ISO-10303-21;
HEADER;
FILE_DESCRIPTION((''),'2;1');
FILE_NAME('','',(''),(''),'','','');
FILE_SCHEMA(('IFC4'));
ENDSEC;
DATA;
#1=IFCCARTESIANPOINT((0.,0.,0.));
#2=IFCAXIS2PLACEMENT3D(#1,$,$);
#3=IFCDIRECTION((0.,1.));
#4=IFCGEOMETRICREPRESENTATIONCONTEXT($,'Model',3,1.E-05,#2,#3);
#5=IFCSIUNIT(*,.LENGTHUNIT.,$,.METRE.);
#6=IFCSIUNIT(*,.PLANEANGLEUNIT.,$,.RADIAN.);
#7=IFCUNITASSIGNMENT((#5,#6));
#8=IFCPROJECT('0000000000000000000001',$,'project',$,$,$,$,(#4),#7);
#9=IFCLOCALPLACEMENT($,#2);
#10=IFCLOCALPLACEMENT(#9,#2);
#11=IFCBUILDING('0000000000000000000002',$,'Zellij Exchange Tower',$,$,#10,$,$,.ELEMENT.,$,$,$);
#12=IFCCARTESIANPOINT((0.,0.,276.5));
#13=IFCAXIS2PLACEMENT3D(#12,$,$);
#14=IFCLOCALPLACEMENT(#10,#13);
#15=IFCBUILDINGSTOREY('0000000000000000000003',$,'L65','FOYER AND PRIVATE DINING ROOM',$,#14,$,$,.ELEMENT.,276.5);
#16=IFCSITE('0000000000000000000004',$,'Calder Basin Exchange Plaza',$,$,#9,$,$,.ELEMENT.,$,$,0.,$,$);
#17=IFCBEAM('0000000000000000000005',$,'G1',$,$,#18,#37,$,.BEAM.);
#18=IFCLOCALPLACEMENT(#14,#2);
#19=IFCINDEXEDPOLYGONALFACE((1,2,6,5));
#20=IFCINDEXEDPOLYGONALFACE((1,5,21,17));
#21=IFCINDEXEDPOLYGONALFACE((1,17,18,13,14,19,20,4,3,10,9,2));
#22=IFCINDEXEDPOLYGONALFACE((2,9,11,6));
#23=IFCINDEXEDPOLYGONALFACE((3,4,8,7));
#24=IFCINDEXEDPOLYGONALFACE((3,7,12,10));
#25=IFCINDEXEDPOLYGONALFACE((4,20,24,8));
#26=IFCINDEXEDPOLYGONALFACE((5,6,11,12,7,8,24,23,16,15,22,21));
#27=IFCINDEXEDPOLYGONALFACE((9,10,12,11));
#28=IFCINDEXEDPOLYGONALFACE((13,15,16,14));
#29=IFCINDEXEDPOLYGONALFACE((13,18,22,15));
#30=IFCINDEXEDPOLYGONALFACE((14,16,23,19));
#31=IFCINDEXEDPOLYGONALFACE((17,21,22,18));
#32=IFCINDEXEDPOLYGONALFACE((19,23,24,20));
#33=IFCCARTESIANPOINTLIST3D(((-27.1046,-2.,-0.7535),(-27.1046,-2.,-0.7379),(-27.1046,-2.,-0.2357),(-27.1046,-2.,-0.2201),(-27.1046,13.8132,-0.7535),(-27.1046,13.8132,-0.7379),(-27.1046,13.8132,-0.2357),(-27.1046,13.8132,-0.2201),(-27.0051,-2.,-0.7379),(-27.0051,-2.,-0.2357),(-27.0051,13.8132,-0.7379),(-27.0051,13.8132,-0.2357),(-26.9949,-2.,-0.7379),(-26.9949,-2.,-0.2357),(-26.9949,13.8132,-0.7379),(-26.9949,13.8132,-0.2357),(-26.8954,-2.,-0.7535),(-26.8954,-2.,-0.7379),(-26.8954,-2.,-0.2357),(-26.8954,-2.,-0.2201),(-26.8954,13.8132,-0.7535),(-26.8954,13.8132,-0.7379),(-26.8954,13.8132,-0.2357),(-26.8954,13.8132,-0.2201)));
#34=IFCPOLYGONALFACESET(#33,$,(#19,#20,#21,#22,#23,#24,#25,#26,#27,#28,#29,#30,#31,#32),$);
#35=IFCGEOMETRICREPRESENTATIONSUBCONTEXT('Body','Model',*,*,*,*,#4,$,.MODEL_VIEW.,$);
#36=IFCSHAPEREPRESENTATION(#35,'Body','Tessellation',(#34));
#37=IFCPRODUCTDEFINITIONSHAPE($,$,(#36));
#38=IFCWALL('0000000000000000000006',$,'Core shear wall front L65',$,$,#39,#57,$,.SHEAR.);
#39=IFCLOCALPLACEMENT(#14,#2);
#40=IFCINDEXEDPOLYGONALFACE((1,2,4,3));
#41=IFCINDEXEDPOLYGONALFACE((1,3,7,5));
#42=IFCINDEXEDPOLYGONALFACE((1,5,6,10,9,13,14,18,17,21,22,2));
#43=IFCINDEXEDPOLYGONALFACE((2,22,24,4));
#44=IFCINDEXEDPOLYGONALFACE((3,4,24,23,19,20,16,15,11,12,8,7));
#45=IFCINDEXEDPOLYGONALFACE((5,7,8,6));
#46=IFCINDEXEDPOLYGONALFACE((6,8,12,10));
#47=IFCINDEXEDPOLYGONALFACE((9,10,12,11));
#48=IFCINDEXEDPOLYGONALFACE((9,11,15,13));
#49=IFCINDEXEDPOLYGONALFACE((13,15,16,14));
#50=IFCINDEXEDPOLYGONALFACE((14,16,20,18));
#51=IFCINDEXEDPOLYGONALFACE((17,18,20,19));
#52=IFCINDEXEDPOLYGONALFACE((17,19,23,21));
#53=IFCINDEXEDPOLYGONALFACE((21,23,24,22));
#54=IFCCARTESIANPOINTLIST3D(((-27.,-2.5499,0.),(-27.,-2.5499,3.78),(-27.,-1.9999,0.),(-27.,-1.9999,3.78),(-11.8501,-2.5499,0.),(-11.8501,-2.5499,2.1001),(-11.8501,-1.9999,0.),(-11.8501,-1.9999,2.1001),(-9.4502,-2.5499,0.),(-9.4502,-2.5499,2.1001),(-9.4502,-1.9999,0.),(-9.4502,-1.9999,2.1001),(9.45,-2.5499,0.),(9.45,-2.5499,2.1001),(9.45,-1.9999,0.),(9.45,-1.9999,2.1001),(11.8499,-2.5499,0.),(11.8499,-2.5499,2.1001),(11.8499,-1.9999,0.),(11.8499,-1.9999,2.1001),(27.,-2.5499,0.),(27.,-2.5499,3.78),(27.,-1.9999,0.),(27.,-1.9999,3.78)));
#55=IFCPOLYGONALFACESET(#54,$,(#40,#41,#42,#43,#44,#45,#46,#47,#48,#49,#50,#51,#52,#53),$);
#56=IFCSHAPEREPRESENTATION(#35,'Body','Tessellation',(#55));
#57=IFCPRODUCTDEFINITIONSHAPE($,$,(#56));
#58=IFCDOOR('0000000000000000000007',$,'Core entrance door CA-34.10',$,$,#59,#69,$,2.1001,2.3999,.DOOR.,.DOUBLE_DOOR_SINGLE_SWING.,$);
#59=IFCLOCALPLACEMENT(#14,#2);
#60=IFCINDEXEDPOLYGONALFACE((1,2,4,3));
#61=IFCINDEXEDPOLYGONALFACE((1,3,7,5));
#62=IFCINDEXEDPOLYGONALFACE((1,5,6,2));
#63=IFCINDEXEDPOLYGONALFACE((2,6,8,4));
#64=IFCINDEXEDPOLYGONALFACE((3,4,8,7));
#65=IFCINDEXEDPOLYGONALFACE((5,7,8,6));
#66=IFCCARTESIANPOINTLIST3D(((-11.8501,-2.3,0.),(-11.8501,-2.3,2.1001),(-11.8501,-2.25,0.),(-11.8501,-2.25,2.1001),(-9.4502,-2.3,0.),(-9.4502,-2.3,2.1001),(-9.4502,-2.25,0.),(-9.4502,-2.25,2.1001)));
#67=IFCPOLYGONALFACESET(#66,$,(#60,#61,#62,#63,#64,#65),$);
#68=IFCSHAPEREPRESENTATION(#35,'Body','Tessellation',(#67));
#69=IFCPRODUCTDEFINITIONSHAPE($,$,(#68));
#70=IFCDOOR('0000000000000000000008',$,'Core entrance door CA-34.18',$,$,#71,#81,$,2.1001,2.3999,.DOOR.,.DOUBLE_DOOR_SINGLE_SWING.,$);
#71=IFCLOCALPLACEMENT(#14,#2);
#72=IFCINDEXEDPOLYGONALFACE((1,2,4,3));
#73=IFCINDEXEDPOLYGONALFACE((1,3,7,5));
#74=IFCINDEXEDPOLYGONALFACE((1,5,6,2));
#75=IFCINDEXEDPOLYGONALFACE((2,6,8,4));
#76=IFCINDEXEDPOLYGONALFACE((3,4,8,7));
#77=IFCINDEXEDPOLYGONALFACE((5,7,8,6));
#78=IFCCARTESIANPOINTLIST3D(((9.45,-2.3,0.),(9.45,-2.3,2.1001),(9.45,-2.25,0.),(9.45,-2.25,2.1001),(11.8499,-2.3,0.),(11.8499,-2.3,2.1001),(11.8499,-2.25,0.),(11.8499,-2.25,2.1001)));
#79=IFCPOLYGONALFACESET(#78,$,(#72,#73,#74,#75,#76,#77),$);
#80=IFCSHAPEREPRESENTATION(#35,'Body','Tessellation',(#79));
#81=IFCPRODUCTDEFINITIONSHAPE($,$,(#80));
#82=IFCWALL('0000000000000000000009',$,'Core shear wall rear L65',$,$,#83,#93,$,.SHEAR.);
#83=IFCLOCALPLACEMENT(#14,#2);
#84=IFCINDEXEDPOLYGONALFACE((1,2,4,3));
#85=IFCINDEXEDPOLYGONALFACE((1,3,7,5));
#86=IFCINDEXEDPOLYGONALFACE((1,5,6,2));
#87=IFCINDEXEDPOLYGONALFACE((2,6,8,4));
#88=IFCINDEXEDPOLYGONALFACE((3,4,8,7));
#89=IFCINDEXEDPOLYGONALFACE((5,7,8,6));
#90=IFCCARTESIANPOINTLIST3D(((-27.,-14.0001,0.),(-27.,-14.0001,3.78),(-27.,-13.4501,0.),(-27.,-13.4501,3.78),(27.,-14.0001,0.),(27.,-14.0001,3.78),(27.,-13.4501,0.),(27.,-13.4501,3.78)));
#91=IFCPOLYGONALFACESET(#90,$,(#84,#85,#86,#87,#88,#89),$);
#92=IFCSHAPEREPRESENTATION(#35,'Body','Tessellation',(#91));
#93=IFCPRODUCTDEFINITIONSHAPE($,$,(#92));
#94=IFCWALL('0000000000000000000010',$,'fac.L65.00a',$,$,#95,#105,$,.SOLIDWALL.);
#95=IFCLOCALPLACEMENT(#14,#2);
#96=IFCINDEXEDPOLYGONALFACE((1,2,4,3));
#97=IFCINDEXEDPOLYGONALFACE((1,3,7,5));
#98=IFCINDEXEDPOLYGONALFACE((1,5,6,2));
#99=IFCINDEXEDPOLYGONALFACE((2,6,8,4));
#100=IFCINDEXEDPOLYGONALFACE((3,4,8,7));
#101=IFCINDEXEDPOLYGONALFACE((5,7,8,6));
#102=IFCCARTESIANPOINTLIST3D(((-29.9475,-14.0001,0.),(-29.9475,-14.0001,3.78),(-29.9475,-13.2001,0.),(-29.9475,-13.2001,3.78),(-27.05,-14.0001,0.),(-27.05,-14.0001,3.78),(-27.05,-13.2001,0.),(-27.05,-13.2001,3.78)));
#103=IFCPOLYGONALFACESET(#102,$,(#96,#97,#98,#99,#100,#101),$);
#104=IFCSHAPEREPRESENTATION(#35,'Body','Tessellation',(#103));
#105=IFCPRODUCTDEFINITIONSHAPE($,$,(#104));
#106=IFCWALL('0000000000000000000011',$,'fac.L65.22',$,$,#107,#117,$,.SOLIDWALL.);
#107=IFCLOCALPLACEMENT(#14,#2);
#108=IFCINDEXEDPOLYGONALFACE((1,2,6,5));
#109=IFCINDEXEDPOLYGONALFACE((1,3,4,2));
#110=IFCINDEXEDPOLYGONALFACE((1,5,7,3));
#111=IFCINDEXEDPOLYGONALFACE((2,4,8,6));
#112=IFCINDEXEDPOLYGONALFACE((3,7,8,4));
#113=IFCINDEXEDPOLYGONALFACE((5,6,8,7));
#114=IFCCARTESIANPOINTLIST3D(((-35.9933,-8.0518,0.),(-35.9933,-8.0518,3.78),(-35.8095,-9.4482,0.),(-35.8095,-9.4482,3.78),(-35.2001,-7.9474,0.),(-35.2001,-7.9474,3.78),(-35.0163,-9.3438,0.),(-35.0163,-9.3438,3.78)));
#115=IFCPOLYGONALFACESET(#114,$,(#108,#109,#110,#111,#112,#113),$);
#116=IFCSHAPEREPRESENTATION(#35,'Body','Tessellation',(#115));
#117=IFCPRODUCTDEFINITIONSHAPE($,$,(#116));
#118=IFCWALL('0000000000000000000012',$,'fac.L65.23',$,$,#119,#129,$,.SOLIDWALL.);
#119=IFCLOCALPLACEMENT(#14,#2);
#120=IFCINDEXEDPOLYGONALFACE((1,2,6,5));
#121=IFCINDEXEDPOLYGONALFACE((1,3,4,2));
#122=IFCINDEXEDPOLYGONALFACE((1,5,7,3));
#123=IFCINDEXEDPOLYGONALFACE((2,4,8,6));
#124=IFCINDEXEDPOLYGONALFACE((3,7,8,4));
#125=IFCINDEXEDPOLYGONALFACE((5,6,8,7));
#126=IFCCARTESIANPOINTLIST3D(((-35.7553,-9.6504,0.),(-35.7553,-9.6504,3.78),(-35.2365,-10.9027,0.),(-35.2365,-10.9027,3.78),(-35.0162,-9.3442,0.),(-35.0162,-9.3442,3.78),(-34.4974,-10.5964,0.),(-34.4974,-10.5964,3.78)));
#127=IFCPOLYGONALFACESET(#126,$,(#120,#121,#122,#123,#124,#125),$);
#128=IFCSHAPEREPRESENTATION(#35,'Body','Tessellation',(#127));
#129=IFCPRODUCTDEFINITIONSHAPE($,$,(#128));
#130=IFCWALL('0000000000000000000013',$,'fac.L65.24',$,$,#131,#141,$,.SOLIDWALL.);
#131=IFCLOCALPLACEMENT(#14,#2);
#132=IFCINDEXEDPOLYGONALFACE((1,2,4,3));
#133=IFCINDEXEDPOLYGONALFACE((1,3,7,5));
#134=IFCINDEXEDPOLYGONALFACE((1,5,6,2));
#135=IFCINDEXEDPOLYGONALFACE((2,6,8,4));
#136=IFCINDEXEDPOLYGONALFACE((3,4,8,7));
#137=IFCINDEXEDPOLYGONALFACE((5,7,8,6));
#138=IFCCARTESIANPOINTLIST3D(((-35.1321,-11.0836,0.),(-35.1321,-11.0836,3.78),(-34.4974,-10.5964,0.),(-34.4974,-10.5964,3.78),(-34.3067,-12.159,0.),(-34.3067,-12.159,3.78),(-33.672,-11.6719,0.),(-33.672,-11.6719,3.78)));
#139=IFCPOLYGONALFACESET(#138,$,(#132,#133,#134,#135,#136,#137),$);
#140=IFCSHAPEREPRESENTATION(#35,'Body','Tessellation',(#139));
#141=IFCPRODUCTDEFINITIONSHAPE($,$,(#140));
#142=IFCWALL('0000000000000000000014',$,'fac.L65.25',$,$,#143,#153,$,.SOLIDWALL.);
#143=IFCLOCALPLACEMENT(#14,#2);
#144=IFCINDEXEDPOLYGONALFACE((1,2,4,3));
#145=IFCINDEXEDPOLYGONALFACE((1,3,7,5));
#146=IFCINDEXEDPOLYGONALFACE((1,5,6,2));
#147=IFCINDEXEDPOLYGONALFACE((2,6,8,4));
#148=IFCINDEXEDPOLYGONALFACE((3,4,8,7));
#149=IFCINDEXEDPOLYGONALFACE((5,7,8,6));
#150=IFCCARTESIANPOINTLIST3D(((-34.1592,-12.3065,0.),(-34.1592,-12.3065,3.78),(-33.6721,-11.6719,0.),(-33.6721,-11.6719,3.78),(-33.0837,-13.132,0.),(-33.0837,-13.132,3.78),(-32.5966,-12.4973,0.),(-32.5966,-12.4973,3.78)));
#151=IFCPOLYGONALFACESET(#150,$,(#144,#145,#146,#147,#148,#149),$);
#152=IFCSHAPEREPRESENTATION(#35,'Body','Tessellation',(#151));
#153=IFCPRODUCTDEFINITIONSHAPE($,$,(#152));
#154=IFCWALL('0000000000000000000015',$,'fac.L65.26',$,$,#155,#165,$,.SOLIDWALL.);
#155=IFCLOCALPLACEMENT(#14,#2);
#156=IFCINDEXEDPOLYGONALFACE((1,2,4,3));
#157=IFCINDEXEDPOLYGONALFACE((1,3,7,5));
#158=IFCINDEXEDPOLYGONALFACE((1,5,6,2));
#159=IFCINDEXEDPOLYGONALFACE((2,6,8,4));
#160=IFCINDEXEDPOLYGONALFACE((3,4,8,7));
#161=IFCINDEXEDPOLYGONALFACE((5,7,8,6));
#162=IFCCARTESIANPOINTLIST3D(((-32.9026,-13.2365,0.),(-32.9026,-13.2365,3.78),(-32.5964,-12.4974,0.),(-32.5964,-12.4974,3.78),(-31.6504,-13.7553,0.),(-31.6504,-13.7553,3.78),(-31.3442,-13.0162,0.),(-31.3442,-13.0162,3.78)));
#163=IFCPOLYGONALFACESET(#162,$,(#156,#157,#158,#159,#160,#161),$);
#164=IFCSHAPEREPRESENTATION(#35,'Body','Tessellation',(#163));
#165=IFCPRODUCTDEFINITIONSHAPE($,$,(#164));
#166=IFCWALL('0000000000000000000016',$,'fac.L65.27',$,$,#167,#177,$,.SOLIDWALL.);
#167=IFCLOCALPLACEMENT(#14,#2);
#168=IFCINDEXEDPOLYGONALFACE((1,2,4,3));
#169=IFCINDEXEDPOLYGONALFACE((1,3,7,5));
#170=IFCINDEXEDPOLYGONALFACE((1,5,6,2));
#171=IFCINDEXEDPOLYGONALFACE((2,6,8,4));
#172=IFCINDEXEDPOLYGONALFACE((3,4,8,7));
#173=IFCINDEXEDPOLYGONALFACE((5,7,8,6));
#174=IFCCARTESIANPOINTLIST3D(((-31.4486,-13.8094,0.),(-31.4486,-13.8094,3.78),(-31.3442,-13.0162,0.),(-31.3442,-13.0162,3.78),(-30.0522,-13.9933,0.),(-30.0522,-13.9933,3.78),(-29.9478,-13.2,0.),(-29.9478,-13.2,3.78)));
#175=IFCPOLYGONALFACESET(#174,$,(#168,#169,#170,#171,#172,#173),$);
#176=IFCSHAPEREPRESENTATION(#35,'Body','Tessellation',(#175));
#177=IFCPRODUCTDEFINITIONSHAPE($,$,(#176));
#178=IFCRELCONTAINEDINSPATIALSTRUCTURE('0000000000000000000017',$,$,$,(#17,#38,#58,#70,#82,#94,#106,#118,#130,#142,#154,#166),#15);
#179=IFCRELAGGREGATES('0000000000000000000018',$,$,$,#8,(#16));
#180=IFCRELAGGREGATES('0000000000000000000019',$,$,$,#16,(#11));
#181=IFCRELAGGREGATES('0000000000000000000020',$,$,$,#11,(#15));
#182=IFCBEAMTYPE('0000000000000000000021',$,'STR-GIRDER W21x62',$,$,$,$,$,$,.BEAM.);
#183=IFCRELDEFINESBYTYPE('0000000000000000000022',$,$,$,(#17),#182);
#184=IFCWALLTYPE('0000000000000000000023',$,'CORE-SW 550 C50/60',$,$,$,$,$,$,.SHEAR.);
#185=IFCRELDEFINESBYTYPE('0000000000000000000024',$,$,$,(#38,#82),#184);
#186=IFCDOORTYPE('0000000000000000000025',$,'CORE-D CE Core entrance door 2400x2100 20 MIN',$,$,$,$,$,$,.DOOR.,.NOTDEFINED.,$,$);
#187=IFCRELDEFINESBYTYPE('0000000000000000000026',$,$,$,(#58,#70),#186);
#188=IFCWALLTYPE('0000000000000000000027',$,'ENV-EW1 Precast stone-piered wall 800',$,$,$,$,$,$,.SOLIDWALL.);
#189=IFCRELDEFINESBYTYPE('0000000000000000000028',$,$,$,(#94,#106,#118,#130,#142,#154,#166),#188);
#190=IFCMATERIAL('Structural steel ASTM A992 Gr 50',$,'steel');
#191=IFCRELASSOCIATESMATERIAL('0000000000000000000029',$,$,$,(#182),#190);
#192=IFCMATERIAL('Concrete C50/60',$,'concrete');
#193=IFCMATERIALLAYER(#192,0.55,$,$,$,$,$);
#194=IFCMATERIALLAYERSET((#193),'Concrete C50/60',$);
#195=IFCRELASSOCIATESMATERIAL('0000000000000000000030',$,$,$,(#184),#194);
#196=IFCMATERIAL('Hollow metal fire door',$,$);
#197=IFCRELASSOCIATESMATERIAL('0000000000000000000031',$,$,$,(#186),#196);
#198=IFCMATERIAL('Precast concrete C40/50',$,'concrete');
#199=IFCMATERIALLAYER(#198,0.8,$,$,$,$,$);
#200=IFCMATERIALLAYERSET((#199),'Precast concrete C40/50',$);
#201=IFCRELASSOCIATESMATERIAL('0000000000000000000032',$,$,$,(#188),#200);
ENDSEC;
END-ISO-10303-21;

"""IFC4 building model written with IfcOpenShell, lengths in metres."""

from ifc_helpers import new_model, si_unit, direction, frame, frame_2d, origin, origin_2d, place, context, subcontext, project, spatial, rectangle, i_section, extrude, material, layer, layer_set, material_profile, profile_set, type_object, element, fill, save


model = new_model("IFC4")

# Units and contexts
model_context = context("Model", 3, precision=1e-05, world=origin(), true_north=direction((0.0, 1.0)))
body_context = subcontext(model_context, "Body", "Model", "MODEL_VIEW")
ifc_project = project(units=[si_unit("LENGTHUNIT", "METRE"), si_unit("PLANEANGLEUNIT", "RADIAN")], contexts=[model_context])

# Site, building, storey
site_placement = place(None, origin())
site = spatial("IfcSite", under=ifc_project, at=site_placement, Name="Calder Basin Exchange Plaza", CompositionType="ELEMENT", RefElevation=0.0)
building_placement = place(site_placement, origin())
building = spatial("IfcBuilding", under=site, at=building_placement, Name="Zellij Exchange Tower", CompositionType="ELEMENT")
storey_placement = place(building_placement, frame((0.0, 0.0, 276.5)))
storey = spatial("IfcBuildingStorey", under=building, at=storey_placement, Name="L65", Description="FOYER AND PRIVATE DINING ROOM", CompositionType="ELEMENT", Elevation=276.5)

# Shared definitions
ifc_material_1 = material(Name="Concrete C50/60", Category="concrete")

# Beam
ifc_material_2 = material(Name="Structural steel ASTM A992 Gr 50", Category="steel")
ifc_material_profile_1 = material_profile(ifc_material_2, i_section(OverallWidth=0.2092, OverallDepth=0.5334, WebThickness=0.0103, FlangeThickness=0.0156, at=origin_2d()), Name="W21x62")
ifc_profile_set_1 = profile_set([ifc_material_profile_1], Name="Structural steel ASTM A992 Gr 50")
beam_type_1 = type_object("IfcBeamType", Name="STR-GIRDER W21x62", PredefinedType="BEAM", material=ifc_profile_set_1)
beam_1_placement = place(storey_placement, frame((-27.0, -2.0, -0.4868), z_axis=(0.0, 1.0, 0.0), x_axis=(-1.0, 0.0, 0.0)))
element("IfcBeam", 1, at=beam_1_placement, inside=storey, type_object=beam_type_1, Name="G1", PredefinedType="BEAM", context=body_context, shape_type="SweptSolid", body=[
    extrude(i_section(OverallWidth=0.2092, OverallDepth=0.5334, WebThickness=0.0103, FlangeThickness=0.0156, at=origin_2d()), origin(), (0.0, 0.0, 1.0), 15.8132),
])

# Wall, openings, doors
ifc_layer_1 = layer(ifc_material_1, 0.55)
ifc_layer_set_1 = layer_set([ifc_layer_1], Name="Concrete C50/60")
wall_type_1 = type_object("IfcWallType", Name="CORE-SW 550 C50/60", PredefinedType="SHEAR", material=ifc_layer_set_1)
wall_1_placement = place(storey_placement, frame((-27.0, -2.2749, 0.0), z_axis=(0.0, 0.0, 1.0), x_axis=(1.0, 0.0, 0.0)))
wall_1 = element("IfcWall", 2, at=wall_1_placement, inside=storey, type_object=wall_type_1, Name="Core shear wall front L65", PredefinedType="SHEAR", context=body_context, shape_type="SweptSolid", body=[
    extrude(rectangle(XDim=54.0, YDim=0.55, at=frame_2d((27.0, 0.0))), origin(), (0.0, 0.0, 1.0), 3.78),
])
opening_1_placement = place(wall_1_placement, frame((15.1499, 0.0, 0.0)))
opening_1 = element("IfcOpeningElement", 3, at=opening_1_placement, cuts=wall_1, PredefinedType="OPENING", context=body_context, shape_type="SweptSolid", body=[
    extrude(rectangle(XDim=2.3999, YDim=2.1001, at=frame_2d((1.2, 1.05))), frame((0.0, 0.2871, 0.0), z_axis=(0.0, -1.0, 0.0), x_axis=(1.0, 0.0, 0.0)), (0.0, 0.0, 1.0), 0.574),
])
opening_2_placement = place(wall_1_placement, frame((36.45, 0.0, 0.0)))
opening_2 = element("IfcOpeningElement", 4, at=opening_2_placement, cuts=wall_1, PredefinedType="OPENING", context=body_context, shape_type="SweptSolid", body=[
    extrude(rectangle(XDim=2.3999, YDim=2.1001, at=frame_2d((1.2, 1.05))), frame((0.0, 0.2871, 0.0), z_axis=(0.0, -1.0, 0.0), x_axis=(1.0, 0.0, 0.0)), (0.0, 0.0, 1.0), 0.574),
])
ifc_material_3 = material(Name="Hollow metal fire door")
door_type = type_object("IfcDoorType", Name="CORE-D CE Core entrance door 2400x2100 20 MIN", OperationType="NOTDEFINED", PredefinedType="DOOR", material=ifc_material_3)
door_1_placement = place(opening_1_placement, origin())
door_1 = element("IfcDoor", 5, at=door_1_placement, inside=storey, type_object=door_type, Name="Core entrance door CA-34.10", OperationType="DOUBLE_DOOR_SINGLE_SWING", OverallHeight=2.1001, OverallWidth=2.3999, PredefinedType="DOOR", context=body_context, shape_type="SweptSolid", body=[
    extrude(rectangle(XDim=2.3999, YDim=2.1001, at=frame_2d((1.2, 1.05))), frame((0.0, 0.0249, 0.0), z_axis=(0.0, -1.0, 0.0), x_axis=(1.0, 0.0, 0.0)), (0.0, 0.0, 1.0), 0.05),
])
fill(opening_1, door_1)
door_2_placement = place(opening_2_placement, origin())
door_2 = element("IfcDoor", 6, at=door_2_placement, inside=storey, type_object=door_type, Name="Core entrance door CA-34.18", OperationType="DOUBLE_DOOR_SINGLE_SWING", OverallHeight=2.1001, OverallWidth=2.3999, PredefinedType="DOOR", context=body_context, shape_type="SweptSolid", body=[
    extrude(rectangle(XDim=2.3999, YDim=2.1001, at=frame_2d((1.2, 1.05))), frame((0.0, 0.0249, 0.0), z_axis=(0.0, -1.0, 0.0), x_axis=(1.0, 0.0, 0.0)), (0.0, 0.0, 1.0), 0.05),
])
fill(opening_2, door_2)

# Walls
wall_2_placement = place(storey_placement, frame((-27.0, -13.7251, 0.0), z_axis=(0.0, 0.0, 1.0), x_axis=(1.0, 0.0, 0.0)))
element("IfcWall", 7, at=wall_2_placement, inside=storey, type_object=wall_type_1, Name="Core shear wall rear L65", PredefinedType="SHEAR", context=body_context, shape_type="SweptSolid", body=[
    extrude(rectangle(XDim=54.0, YDim=0.55, at=frame_2d((27.0, 0.0))), origin(), (0.0, 0.0, 1.0), 3.78),
])
ifc_material_4 = material(Name="Precast concrete C40/50", Category="concrete")
ifc_layer_2 = layer(ifc_material_4, 0.8)
ifc_layer_set_2 = layer_set([ifc_layer_2], Name="Precast concrete C40/50")
wall_type_2 = type_object("IfcWallType", Name="ENV-EW1 Precast stone-piered wall 800", PredefinedType="SOLIDWALL", material=ifc_layer_set_2)
wall_3_placement = place(storey_placement, frame((-29.9475, -13.6001, 0.0), z_axis=(0.0, 0.0, 1.0), x_axis=(1.0, 0.0, 0.0)))
element("IfcWall", 8, at=wall_3_placement, inside=storey, type_object=wall_type_2, Name="fac.L65.00a", PredefinedType="SOLIDWALL", context=body_context, shape_type="SweptSolid", body=[
    extrude(rectangle(XDim=2.8975, YDim=0.8, at=frame_2d((1.4487, 0.0))), origin(), (0.0, 0.0, 1.0), 3.78),
])
wall_4_placement = place(storey_placement, frame((-35.5967, -7.9998, 0.0), z_axis=(0.0, 0.0, 1.0), x_axis=(0.130517, -0.991446, 0.0)))
element("IfcWall", 9, at=wall_4_placement, inside=storey, type_object=wall_type_2, Name="fac.L65.22", PredefinedType="SOLIDWALL", context=body_context, shape_type="SweptSolid", body=[
    extrude(rectangle(XDim=1.4084, YDim=0.8, at=frame_2d((0.7041, 0.0))), origin(), (0.0, 0.0, 1.0), 3.78),
])
wall_5_placement = place(storey_placement, frame((-35.3857, -9.4973, 0.0), z_axis=(0.0, 0.0, 1.0), x_axis=(0.38276, -0.923848, 0.0)))
element("IfcWall", 10, at=wall_5_placement, inside=storey, type_object=wall_type_2, Name="fac.L65.23", PredefinedType="SOLIDWALL", context=body_context, shape_type="SweptSolid", body=[
    extrude(rectangle(XDim=1.3555, YDim=0.8, at=frame_2d((0.6777, 0.0))), origin(), (0.0, 0.0, 1.0), 3.78),
])
for number, where, z_axis, x_axis, name in (
    (11, (-34.8147, -10.8401, 0.0), (0.0, 0.0, 1.0), (0.608866, -0.793273, 0.0), "fac.L65.24"),
    (12, (-33.9155, -11.9893, 0.0), (0.0, 0.0, 1.0), (0.793273, -0.608866, 0.0), "fac.L65.25"),
):
    element("IfcWall", number, at=place(storey_placement, frame(where, z_axis=z_axis, x_axis=x_axis)), inside=storey, type_object=wall_type_2, Name=name, PredefinedType="SOLIDWALL", context=body_context, shape_type="SweptSolid", body=[
        extrude(rectangle(XDim=1.3557, YDim=0.8, at=frame_2d((0.6777, 0.0))), origin(), (0.0, 0.0, 1.0), 3.78),
    ])
wall_6_placement = place(storey_placement, frame((-32.7495, -12.8669, 0.0), z_axis=(0.0, 0.0, 1.0), x_axis=(0.923848, -0.38276, 0.0)))
element("IfcWall", 13, at=wall_6_placement, inside=storey, type_object=wall_type_2, Name="fac.L65.26", PredefinedType="SOLIDWALL", context=body_context, shape_type="SweptSolid", body=[
    extrude(rectangle(XDim=1.3555, YDim=0.8, at=frame_2d((0.6777, 0.0))), origin(), (0.0, 0.0, 1.0), 3.78),
])
wall_7_placement = place(storey_placement, frame((-31.3962, -13.4128, 0.0), z_axis=(0.0, 0.0, 1.0), x_axis=(0.991446, -0.130517, 0.0)))
element("IfcWall", 14, at=wall_7_placement, inside=storey, type_object=wall_type_2, Name="fac.L65.27", PredefinedType="SOLIDWALL", context=body_context, shape_type="SweptSolid", body=[
    extrude(rectangle(XDim=1.4084, YDim=0.8, at=frame_2d((0.7041, 0.0))), origin(), (0.0, 0.0, 1.0), 3.78),
])

save(model, "model.ifc")
